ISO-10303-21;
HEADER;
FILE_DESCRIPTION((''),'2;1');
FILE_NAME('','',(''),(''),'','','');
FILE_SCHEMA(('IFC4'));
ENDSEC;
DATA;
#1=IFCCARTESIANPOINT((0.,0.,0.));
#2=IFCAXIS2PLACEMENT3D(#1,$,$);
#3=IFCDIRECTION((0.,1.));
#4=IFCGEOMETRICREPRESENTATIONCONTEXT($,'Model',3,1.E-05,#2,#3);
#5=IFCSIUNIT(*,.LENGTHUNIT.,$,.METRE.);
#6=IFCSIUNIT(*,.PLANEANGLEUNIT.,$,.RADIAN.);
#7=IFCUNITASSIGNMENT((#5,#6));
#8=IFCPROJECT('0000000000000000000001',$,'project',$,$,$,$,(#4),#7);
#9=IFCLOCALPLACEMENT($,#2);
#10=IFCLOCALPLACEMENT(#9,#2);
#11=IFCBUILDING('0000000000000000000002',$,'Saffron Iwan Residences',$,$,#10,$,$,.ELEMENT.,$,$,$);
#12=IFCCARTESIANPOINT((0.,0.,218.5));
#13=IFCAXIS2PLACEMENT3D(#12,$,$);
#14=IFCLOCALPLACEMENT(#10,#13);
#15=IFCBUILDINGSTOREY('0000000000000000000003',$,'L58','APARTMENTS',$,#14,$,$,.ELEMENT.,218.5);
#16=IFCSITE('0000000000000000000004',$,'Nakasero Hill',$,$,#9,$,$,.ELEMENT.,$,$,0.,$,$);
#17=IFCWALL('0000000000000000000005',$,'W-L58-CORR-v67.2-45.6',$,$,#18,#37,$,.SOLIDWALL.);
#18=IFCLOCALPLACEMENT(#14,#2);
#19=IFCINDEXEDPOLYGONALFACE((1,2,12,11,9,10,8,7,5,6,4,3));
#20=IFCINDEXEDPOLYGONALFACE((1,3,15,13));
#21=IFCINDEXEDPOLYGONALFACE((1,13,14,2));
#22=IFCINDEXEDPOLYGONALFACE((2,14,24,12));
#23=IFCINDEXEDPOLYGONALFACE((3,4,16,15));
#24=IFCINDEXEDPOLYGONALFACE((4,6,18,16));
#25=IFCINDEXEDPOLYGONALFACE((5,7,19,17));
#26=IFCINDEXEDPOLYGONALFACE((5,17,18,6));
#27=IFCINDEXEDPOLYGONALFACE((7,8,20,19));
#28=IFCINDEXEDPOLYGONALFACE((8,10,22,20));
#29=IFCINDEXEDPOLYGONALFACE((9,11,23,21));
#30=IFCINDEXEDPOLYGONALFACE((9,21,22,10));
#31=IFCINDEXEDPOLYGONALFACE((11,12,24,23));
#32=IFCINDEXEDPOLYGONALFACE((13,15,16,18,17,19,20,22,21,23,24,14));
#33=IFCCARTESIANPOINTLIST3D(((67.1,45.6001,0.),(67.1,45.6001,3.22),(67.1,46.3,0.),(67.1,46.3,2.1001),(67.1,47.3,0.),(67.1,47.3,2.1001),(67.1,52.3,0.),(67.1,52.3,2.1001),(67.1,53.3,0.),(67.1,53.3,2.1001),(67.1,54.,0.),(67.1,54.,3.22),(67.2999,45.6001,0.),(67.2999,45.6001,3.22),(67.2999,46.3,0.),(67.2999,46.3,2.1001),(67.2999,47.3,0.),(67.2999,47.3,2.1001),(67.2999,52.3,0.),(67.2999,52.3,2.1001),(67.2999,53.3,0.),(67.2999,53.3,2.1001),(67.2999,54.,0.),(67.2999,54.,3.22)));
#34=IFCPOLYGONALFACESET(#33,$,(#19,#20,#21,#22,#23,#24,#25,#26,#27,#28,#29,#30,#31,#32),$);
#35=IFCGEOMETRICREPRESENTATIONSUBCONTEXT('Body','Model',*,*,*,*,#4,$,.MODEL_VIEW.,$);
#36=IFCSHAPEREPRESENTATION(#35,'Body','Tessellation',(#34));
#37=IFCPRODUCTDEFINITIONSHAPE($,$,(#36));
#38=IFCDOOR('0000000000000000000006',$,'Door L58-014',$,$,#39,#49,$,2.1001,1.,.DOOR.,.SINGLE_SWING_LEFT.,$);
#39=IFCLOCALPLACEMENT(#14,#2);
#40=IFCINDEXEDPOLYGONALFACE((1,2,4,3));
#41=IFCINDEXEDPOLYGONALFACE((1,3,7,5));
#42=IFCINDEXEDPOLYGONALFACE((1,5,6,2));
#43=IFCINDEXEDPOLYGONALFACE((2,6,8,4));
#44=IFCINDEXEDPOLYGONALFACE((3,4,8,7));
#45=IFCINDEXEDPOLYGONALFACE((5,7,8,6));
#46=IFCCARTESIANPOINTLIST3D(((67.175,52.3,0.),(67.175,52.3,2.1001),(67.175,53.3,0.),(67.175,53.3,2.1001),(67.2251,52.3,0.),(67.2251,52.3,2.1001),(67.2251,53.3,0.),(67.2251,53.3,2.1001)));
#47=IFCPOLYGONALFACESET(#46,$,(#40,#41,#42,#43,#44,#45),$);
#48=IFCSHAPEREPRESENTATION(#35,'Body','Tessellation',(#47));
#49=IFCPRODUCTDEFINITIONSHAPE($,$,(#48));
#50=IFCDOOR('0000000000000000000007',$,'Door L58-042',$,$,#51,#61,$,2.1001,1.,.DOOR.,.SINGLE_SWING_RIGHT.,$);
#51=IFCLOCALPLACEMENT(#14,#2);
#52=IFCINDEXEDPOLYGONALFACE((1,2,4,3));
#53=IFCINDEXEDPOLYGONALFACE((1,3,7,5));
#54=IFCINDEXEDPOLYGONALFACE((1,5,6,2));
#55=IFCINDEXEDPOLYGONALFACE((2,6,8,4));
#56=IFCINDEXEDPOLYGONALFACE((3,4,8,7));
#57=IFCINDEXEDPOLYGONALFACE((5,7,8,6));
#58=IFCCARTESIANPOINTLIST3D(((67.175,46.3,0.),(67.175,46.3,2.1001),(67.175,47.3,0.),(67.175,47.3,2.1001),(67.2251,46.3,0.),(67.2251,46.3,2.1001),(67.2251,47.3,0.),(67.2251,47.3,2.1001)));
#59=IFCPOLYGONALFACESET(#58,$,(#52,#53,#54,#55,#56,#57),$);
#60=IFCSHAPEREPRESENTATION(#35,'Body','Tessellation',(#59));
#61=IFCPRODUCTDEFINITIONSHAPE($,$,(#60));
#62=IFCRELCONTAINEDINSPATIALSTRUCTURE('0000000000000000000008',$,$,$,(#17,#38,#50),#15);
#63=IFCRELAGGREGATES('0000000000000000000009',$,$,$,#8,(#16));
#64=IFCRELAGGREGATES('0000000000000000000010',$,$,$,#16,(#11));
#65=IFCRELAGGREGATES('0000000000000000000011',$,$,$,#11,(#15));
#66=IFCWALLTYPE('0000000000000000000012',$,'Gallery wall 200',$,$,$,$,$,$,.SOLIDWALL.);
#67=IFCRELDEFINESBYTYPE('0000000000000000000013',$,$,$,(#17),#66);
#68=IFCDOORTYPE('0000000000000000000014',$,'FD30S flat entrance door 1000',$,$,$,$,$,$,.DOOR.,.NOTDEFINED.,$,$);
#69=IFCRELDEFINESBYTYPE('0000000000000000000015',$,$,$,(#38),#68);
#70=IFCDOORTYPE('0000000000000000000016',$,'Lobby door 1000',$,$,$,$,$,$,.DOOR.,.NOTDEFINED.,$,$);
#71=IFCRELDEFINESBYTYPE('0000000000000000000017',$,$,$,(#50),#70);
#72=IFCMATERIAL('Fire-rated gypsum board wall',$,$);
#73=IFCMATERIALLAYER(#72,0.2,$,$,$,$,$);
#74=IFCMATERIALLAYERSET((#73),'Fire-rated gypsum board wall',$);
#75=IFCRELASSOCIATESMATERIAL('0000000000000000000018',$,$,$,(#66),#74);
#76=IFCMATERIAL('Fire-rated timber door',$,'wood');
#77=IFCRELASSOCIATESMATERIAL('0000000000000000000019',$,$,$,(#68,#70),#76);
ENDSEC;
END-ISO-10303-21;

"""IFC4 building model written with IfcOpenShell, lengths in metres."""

from ifc_helpers import new_model, si_unit, direction, frame, frame_2d, origin, place, context, subcontext, project, spatial, rectangle, extrude, material, layer, layer_set, type_object, element, fill, save


model = new_model("IFC4")

# Units and contexts
model_context = context("Model", 3, precision=1e-05, world=origin(), true_north=direction((0.0, 1.0)))
body_context = subcontext(model_context, "Body", "Model", "MODEL_VIEW")
ifc_project = project(units=[si_unit("LENGTHUNIT", "METRE"), si_unit("PLANEANGLEUNIT", "RADIAN")], contexts=[model_context])

# Site, building, storey
site_placement = place(None, origin())
site = spatial("IfcSite", under=ifc_project, at=site_placement, Name="Nakasero Hill", CompositionType="ELEMENT", RefElevation=0.0)
building_placement = place(site_placement, origin())
building = spatial("IfcBuilding", under=site, at=building_placement, Name="Saffron Iwan Residences", CompositionType="ELEMENT")
storey_placement = place(building_placement, frame((0.0, 0.0, 218.5)))
storey = spatial("IfcBuildingStorey", under=building, at=storey_placement, Name="L58", Description="APARTMENTS", CompositionType="ELEMENT", Elevation=218.5)

# Shared definitions
ifc_material_1 = material(Name="Fire-rated gypsum board wall")

# Wall, openings, doors
ifc_layer_1 = layer(ifc_material_1, 0.2)
ifc_layer_set_1 = layer_set([ifc_layer_1], Name="Fire-rated gypsum board wall")
wall_type_1 = type_object("IfcWallType", Name="Gallery wall 200", PredefinedType="SOLIDWALL", material=ifc_layer_set_1)
wall_1_placement = place(storey_placement, frame((67.2, 45.6001, 0.0), z_axis=(0.0, 0.0, 1.0), x_axis=(0.0, 1.0, 0.0)))
wall_1 = element("IfcWall", 1, at=wall_1_placement, inside=storey, type_object=wall_type_1, Name="W-L58-CORR-v67.2-45.6", PredefinedType="SOLIDWALL", context=body_context, shape_type="SweptSolid", body=[
    extrude(rectangle(XDim=8.3999, YDim=0.2, at=frame_2d((4.2, 0.0))), origin(), (0.0, 0.0, 1.0), 3.22),
])
opening_1_placement = place(wall_1_placement, frame((6.7, 0.0, 0.0)))
opening_1 = element("IfcOpeningElement", 2, at=opening_1_placement, cuts=wall_1, PredefinedType="OPENING", context=body_context, shape_type="SweptSolid", body=[
    extrude(rectangle(XDim=1.0, YDim=2.1001, at=frame_2d((0.5, 1.05))), frame((0.0, 0.1099, 0.0), z_axis=(0.0, -1.0, 0.0), x_axis=(1.0, 0.0, 0.0)), (0.0, 0.0, 1.0), 0.22),
])
opening_2_placement = place(wall_1_placement, frame((0.7, 0.0, 0.0)))
opening_2 = element("IfcOpeningElement", 3, at=opening_2_placement, cuts=wall_1, PredefinedType="OPENING", context=body_context, shape_type="SweptSolid", body=[
    extrude(rectangle(XDim=1.0, YDim=2.1001, at=frame_2d((0.5, 1.05))), frame((0.0, 0.1099, 0.0), z_axis=(0.0, -1.0, 0.0), x_axis=(1.0, 0.0, 0.0)), (0.0, 0.0, 1.0), 0.22),
])
ifc_material_2 = material(Name="Fire-rated timber door", Category="wood")
door_type_1 = type_object("IfcDoorType", Name="FD30S flat entrance door 1000", OperationType="NOTDEFINED", PredefinedType="DOOR", material=ifc_material_2)
door_1_placement = place(opening_1_placement, origin())
door_1 = element("IfcDoor", 4, at=door_1_placement, inside=storey, type_object=door_type_1, Name="Door L58-014", OperationType="SINGLE_SWING_LEFT", OverallHeight=2.1001, OverallWidth=1.0, PredefinedType="DOOR", context=body_context, shape_type="SweptSolid", body=[
    extrude(rectangle(XDim=1.0, YDim=2.1001, at=frame_2d((0.5, 1.05))), frame((0.0, 0.0249, 0.0), z_axis=(0.0, -1.0, 0.0), x_axis=(1.0, 0.0, 0.0)), (0.0, 0.0, 1.0), 0.05),
])
fill(opening_1, door_1)
door_type_2 = type_object("IfcDoorType", Name="Lobby door 1000", OperationType="NOTDEFINED", PredefinedType="DOOR", material=ifc_material_2)
door_2_placement = place(opening_2_placement, origin())
door_2 = element("IfcDoor", 5, at=door_2_placement, inside=storey, type_object=door_type_2, Name="Door L58-042", OperationType="SINGLE_SWING_RIGHT", OverallHeight=2.1001, OverallWidth=1.0, PredefinedType="DOOR", context=body_context, shape_type="SweptSolid", body=[
    extrude(rectangle(XDim=1.0, YDim=2.1001, at=frame_2d((0.5, 1.05))), frame((0.0, 0.0249, 0.0), z_axis=(0.0, -1.0, 0.0), x_axis=(1.0, 0.0, 0.0)), (0.0, 0.0, 1.0), 0.05),
])
fill(opening_2, door_2)

save(model, "model.ifc")
